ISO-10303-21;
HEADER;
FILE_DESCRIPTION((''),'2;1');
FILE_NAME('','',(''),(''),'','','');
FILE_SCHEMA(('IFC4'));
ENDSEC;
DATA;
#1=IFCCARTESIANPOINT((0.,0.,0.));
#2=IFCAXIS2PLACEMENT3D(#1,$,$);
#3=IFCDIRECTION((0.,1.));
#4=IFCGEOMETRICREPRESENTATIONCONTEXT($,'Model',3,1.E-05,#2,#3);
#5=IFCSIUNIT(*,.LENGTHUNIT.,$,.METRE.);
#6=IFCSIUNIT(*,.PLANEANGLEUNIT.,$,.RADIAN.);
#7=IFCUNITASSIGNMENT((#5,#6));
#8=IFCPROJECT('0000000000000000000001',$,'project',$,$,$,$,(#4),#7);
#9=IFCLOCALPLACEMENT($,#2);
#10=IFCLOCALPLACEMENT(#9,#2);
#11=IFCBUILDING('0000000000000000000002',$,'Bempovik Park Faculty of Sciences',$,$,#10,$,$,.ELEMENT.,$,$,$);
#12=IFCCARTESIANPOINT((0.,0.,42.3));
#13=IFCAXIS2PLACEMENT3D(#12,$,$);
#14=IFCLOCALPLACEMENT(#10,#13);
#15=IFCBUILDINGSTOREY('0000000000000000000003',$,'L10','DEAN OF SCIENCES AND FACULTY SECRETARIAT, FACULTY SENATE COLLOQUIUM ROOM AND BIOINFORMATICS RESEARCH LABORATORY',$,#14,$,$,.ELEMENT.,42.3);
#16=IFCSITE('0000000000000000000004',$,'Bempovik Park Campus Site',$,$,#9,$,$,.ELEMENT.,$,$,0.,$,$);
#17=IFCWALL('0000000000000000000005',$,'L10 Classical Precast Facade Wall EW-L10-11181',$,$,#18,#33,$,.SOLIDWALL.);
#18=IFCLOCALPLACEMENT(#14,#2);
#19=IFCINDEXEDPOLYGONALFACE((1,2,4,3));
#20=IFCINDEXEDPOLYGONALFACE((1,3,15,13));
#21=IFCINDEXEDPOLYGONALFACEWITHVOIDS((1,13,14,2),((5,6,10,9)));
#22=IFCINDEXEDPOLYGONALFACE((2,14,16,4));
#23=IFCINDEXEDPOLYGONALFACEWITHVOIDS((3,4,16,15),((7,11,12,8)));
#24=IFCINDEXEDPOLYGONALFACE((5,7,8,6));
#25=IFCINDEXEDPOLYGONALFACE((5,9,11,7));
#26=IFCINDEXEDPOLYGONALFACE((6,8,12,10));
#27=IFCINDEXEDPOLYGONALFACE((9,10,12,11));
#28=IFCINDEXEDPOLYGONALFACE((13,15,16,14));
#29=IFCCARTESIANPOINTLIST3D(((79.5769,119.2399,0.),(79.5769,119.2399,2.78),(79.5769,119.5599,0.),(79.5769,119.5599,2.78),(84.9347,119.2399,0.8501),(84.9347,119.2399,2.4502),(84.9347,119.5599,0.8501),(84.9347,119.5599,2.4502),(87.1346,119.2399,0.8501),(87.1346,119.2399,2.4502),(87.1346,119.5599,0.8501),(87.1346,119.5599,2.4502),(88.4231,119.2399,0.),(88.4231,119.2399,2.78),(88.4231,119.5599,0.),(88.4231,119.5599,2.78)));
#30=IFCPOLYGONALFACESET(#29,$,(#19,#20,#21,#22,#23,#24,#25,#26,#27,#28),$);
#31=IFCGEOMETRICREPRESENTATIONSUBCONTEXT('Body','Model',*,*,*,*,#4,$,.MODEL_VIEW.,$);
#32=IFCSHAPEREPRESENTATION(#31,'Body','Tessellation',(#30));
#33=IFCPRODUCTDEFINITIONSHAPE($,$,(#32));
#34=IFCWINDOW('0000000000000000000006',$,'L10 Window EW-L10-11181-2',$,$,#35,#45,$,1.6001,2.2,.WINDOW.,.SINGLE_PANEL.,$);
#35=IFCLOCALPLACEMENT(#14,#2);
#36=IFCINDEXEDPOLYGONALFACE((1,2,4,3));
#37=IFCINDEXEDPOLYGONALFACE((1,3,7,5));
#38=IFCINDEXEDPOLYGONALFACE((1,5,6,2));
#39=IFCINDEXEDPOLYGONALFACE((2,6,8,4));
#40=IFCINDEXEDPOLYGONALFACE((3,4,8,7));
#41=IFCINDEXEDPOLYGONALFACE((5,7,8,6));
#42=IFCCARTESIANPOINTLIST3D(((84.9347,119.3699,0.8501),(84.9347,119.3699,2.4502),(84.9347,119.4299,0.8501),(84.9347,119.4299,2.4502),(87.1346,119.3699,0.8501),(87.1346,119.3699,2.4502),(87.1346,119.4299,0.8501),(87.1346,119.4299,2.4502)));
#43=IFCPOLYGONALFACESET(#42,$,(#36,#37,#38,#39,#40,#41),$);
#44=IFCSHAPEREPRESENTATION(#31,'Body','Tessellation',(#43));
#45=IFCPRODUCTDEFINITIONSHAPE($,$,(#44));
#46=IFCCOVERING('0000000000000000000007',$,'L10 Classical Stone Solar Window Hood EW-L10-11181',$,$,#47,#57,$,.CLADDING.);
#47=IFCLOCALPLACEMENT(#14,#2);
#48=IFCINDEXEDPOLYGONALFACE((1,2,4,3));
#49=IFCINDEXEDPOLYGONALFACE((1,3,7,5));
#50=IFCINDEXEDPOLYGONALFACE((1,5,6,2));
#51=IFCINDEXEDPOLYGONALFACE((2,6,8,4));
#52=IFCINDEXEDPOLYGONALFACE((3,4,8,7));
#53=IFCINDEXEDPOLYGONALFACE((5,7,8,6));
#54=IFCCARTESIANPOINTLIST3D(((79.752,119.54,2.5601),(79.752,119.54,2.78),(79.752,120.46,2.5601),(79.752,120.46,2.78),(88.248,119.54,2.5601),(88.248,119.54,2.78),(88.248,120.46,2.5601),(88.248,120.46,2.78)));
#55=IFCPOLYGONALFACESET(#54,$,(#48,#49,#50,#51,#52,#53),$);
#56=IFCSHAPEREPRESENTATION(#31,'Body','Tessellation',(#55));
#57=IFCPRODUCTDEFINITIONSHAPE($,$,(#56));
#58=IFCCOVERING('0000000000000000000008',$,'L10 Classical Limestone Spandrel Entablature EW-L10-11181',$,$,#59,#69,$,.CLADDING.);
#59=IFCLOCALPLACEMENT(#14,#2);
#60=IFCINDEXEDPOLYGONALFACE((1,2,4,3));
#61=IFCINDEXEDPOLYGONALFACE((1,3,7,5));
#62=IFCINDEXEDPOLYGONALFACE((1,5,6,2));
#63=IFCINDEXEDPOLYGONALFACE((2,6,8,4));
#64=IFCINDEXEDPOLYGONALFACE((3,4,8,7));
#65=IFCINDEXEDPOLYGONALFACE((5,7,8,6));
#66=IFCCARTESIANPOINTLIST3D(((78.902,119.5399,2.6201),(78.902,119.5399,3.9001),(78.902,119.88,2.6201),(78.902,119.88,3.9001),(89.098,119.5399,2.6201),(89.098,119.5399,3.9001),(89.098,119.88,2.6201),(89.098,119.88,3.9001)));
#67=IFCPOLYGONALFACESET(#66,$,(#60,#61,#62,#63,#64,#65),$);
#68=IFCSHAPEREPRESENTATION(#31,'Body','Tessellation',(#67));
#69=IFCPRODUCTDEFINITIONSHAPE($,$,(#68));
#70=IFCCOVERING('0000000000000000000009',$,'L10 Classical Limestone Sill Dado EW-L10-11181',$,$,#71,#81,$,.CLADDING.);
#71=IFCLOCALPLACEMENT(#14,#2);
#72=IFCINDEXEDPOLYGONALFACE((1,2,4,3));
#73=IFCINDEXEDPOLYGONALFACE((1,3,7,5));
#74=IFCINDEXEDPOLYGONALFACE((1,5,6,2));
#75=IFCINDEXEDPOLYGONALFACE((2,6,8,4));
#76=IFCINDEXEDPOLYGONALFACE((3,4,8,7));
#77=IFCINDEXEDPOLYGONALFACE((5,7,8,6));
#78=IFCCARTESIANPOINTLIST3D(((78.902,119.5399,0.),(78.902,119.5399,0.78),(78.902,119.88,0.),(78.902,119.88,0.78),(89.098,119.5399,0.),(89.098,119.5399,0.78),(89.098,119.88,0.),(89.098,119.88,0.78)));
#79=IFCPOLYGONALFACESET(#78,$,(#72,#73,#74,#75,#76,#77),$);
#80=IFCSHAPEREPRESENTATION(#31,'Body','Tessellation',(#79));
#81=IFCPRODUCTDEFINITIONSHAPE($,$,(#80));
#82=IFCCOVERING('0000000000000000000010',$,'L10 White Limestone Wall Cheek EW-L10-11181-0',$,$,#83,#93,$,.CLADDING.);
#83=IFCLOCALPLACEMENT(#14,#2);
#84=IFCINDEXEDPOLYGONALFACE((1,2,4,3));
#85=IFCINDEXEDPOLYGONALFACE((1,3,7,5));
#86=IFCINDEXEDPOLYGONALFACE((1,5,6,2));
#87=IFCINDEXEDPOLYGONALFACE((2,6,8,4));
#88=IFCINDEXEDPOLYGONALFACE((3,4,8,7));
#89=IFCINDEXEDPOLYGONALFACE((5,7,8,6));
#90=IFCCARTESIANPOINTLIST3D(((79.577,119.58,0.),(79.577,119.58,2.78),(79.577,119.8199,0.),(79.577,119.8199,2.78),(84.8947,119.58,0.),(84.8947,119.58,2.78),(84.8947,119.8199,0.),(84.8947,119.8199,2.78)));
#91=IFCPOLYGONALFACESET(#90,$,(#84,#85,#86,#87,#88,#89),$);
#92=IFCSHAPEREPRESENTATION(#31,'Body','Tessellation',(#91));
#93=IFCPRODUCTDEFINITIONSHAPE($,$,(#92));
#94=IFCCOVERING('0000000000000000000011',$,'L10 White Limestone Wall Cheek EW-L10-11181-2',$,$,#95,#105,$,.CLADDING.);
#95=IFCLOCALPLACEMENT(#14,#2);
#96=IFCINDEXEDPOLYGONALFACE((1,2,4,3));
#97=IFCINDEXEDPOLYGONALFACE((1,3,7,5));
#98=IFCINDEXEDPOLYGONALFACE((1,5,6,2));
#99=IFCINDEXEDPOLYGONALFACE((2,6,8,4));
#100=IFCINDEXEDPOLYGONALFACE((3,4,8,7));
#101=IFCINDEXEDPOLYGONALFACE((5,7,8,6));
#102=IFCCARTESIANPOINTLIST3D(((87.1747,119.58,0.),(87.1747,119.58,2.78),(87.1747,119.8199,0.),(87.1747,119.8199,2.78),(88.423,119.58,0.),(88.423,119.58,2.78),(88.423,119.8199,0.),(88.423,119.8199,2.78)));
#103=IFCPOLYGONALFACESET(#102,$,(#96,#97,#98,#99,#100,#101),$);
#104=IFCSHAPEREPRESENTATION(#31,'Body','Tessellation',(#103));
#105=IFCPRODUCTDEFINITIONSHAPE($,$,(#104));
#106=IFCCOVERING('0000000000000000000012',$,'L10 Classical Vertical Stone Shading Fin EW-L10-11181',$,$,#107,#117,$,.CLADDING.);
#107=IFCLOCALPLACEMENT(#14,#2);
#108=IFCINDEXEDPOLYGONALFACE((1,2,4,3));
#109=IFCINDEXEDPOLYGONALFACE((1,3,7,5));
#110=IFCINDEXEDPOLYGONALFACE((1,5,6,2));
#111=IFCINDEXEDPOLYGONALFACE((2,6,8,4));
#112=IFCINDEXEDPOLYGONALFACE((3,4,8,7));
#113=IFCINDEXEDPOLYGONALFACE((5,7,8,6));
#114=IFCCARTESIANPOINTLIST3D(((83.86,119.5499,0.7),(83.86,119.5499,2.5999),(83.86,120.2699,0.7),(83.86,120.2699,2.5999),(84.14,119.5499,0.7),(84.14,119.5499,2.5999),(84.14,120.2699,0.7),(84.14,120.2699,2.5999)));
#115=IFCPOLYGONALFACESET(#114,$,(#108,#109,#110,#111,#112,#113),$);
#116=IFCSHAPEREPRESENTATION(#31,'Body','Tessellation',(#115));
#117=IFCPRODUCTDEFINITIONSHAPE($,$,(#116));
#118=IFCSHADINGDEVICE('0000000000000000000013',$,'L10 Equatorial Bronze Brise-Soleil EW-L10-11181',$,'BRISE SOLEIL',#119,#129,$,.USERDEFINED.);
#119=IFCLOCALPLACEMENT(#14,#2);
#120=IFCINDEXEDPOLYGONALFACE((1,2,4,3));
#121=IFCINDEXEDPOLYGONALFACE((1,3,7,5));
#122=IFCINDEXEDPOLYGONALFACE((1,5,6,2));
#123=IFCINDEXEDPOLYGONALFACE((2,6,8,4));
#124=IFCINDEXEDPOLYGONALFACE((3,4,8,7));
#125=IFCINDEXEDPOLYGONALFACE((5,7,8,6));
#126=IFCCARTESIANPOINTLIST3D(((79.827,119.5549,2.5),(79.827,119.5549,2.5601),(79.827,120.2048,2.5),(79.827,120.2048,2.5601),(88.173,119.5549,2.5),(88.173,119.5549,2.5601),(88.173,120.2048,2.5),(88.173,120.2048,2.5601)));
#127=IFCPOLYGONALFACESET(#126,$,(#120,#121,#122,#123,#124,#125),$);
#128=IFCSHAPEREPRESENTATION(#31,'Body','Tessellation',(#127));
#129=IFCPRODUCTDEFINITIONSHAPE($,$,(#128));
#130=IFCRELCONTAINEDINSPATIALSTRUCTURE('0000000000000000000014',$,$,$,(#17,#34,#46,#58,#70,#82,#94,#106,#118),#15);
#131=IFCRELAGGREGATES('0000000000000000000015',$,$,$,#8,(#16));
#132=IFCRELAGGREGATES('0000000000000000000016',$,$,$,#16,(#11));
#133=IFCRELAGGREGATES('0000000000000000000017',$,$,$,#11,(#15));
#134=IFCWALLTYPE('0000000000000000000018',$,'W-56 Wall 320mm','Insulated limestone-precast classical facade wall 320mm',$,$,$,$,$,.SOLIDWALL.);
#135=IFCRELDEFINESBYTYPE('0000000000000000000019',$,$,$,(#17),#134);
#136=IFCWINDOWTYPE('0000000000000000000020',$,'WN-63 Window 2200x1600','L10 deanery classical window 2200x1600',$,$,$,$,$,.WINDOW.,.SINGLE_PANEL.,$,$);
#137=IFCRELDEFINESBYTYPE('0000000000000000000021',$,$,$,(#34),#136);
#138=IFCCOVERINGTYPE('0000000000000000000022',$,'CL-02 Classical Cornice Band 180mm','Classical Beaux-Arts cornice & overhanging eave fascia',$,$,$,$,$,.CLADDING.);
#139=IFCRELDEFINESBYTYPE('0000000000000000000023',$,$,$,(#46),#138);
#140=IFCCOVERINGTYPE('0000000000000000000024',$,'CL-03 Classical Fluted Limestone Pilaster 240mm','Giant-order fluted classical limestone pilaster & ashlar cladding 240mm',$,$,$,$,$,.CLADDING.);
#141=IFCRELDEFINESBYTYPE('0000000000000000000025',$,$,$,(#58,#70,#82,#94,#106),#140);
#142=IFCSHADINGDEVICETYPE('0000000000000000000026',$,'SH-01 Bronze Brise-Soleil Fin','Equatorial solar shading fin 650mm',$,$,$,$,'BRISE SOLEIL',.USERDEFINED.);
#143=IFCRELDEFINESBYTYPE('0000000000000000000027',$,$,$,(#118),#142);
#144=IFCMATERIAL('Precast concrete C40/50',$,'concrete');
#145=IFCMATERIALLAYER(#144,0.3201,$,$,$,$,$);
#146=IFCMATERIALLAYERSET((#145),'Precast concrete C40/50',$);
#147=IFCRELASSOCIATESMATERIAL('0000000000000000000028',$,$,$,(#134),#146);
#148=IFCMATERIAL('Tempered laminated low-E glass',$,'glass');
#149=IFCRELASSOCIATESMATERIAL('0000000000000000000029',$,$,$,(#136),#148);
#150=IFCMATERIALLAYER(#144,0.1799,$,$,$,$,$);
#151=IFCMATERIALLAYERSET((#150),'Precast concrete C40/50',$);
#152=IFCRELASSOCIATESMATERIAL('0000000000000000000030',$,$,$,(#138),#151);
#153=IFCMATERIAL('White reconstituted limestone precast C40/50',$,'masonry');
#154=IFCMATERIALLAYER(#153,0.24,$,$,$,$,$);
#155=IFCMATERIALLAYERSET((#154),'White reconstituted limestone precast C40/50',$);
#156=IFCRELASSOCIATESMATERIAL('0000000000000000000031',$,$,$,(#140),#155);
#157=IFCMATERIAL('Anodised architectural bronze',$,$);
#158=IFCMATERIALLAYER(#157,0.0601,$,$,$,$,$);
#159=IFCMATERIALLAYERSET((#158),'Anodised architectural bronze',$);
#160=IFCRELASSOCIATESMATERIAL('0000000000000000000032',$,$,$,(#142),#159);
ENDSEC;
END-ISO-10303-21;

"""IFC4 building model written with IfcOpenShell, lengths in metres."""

from ifc_helpers import new_model, si_unit, direction, frame, frame_2d, origin, origin_2d, place, context, subcontext, project, spatial, rectangle, extrude, material, layer, layer_set, type_object, element, fill, save


model = new_model("IFC4")

# Units and contexts
model_context = context("Model", 3, precision=1e-05, world=origin(), true_north=direction((0.0, 1.0)))
body_context = subcontext(model_context, "Body", "Model", "MODEL_VIEW")
ifc_project = project(units=[si_unit("LENGTHUNIT", "METRE"), si_unit("PLANEANGLEUNIT", "RADIAN")], contexts=[model_context])

# Site, building, storey
site_placement = place(None, origin())
site = spatial("IfcSite", under=ifc_project, at=site_placement, Name="Bempovik Park Campus Site", CompositionType="ELEMENT", RefElevation=0.0)
building_placement = place(site_placement, origin())
building = spatial("IfcBuilding", under=site, at=building_placement, Name="Bempovik Park Faculty of Sciences", CompositionType="ELEMENT")
storey_placement = place(building_placement, frame((0.0, 0.0, 42.3)))
storey = spatial("IfcBuildingStorey", under=building, at=storey_placement, Name="L10", Description="DEAN OF SCIENCES AND FACULTY SECRETARIAT, FACULTY SENATE COLLOQUIUM ROOM AND BIOINFORMATICS RESEARCH LABORATORY", CompositionType="ELEMENT", Elevation=42.3)

# Wall, opening, window
ifc_material_1 = material(Name="Precast concrete C40/50", Category="concrete")
ifc_layer_1 = layer(ifc_material_1, 0.3201)
ifc_layer_set_1 = layer_set([ifc_layer_1], Name="Precast concrete C40/50")
wall_type_1 = type_object("IfcWallType", Name="W-56 Wall 320mm", Description="Insulated limestone-precast classical facade wall 320mm", PredefinedType="SOLIDWALL", material=ifc_layer_set_1)
wall_1_placement = place(storey_placement, frame((79.5769, 119.3999, 0.0), z_axis=(0.0, 0.0, 1.0), x_axis=(1.0, 0.0, 0.0)))
wall_1 = element("IfcWall", 1, at=wall_1_placement, inside=storey, type_object=wall_type_1, Name="L10 Classical Precast Facade Wall EW-L10-11181", PredefinedType="SOLIDWALL", context=body_context, shape_type="SweptSolid", body=[
    extrude(rectangle(XDim=8.8462, YDim=0.3201, at=frame_2d((4.4231, 0.0))), origin(), (0.0, 0.0, 1.0), 2.78),
])
opening_1_placement = place(wall_1_placement, frame((5.3577, 0.0, 0.8501)))
opening_1 = element("IfcOpeningElement", 2, at=opening_1_placement, cuts=wall_1, PredefinedType="OPENING", context=body_context, shape_type="SweptSolid", body=[
    extrude(rectangle(XDim=2.2, YDim=1.6001, at=frame_2d((1.1001, 0.8))), frame((0.0, 0.1699, 0.0), z_axis=(0.0, -1.0, 0.0), x_axis=(1.0, 0.0, 0.0)), (0.0, 0.0, 1.0), 0.3401),
])
ifc_material_2 = material(Name="Tempered laminated low-E glass", Category="glass")
window_type = type_object("IfcWindowType", Name="WN-63 Window 2200x1600", Description="L10 deanery classical window 2200x1600", PartitioningType="SINGLE_PANEL", PredefinedType="WINDOW", material=ifc_material_2)
window_placement = place(opening_1_placement, origin())
window = element("IfcWindow", 3, at=window_placement, inside=storey, type_object=window_type, Name="L10 Window EW-L10-11181-2", OverallHeight=1.6001, OverallWidth=2.2, PartitioningType="SINGLE_PANEL", PredefinedType="WINDOW", context=body_context, shape_type="SweptSolid", body=[
    extrude(rectangle(XDim=2.2, YDim=1.6001, at=frame_2d((1.1001, 0.8))), frame((0.0, 0.03, 0.0), z_axis=(0.0, -1.0, 0.0), x_axis=(1.0, 0.0, 0.0)), (0.0, 0.0, 1.0), 0.0601),
])
fill(opening_1, window)

# Coverings
ifc_layer_2 = layer(ifc_material_1, 0.1799)
ifc_layer_set_2 = layer_set([ifc_layer_2], Name="Precast concrete C40/50")
covering_type_1 = type_object("IfcCoveringType", Name="CL-02 Classical Cornice Band 180mm", Description="Classical Beaux-Arts cornice & overhanging eave fascia", PredefinedType="CLADDING", material=ifc_layer_set_2)
covering_1_placement = place(storey_placement, frame((84.0, 120.0, 2.5601), z_axis=(0.0, 0.0, 1.0), x_axis=(1.0, 0.0, 0.0)))
element("IfcCovering", 4, at=covering_1_placement, inside=storey, type_object=covering_type_1, Name="L10 Classical Stone Solar Window Hood EW-L10-11181", PredefinedType="CLADDING", context=body_context, shape_type="SweptSolid", body=[
    extrude(rectangle(XDim=8.4961, YDim=0.9199, at=origin_2d()), origin(), (0.0, 0.0, 1.0), 0.22),
])
ifc_material_3 = material(Name="White reconstituted limestone precast C40/50", Category="masonry")
ifc_layer_3 = layer(ifc_material_3, 0.24)
ifc_layer_set_3 = layer_set([ifc_layer_3], Name="White reconstituted limestone precast C40/50")
covering_type_2 = type_object("IfcCoveringType", Name="CL-03 Classical Fluted Limestone Pilaster 240mm", Description="Giant-order fluted classical limestone pilaster & ashlar cladding 240mm", PredefinedType="CLADDING", material=ifc_layer_set_3)
covering_2_placement = place(storey_placement, frame((84.0, 119.71, 2.6201), z_axis=(0.0, 0.0, 1.0), x_axis=(1.0, 0.0, 0.0)))
element("IfcCovering", 5, at=covering_2_placement, inside=storey, type_object=covering_type_2, Name="L10 Classical Limestone Spandrel Entablature EW-L10-11181", PredefinedType="CLADDING", context=body_context, shape_type="SweptSolid", body=[
    extrude(rectangle(XDim=10.196, YDim=0.3401, at=origin_2d()), origin(), (0.0, 0.0, 1.0), 1.28),
])
covering_3_placement = place(storey_placement, frame((84.0, 119.71, 0.0), z_axis=(0.0, 0.0, 1.0), x_axis=(1.0, 0.0, 0.0)))
element("IfcCovering", 6, at=covering_3_placement, inside=storey, type_object=covering_type_2, Name="L10 Classical Limestone Sill Dado EW-L10-11181", PredefinedType="CLADDING", context=body_context, shape_type="SweptSolid", body=[
    extrude(rectangle(XDim=10.196, YDim=0.3401, at=origin_2d()), origin(), (0.0, 0.0, 1.0), 0.78),
])
covering_4_placement = place(storey_placement, frame((82.2358, 119.7, 0.0), z_axis=(0.0, 0.0, 1.0), x_axis=(1.0, 0.0, 0.0)))
element("IfcCovering", 7, at=covering_4_placement, inside=storey, type_object=covering_type_2, Name="L10 White Limestone Wall Cheek EW-L10-11181-0", PredefinedType="CLADDING", context=body_context, shape_type="SweptSolid", body=[
    extrude(rectangle(XDim=5.3176, YDim=0.24, at=origin_2d()), origin(), (0.0, 0.0, 1.0), 2.78),
])
covering_5_placement = place(storey_placement, frame((87.7988, 119.7, 0.0), z_axis=(0.0, 0.0, 1.0), x_axis=(1.0, 0.0, 0.0)))
element("IfcCovering", 8, at=covering_5_placement, inside=storey, type_object=covering_type_2, Name="L10 White Limestone Wall Cheek EW-L10-11181-2", PredefinedType="CLADDING", context=body_context, shape_type="SweptSolid", body=[
    extrude(rectangle(XDim=1.2483, YDim=0.24, at=origin_2d()), origin(), (0.0, 0.0, 1.0), 2.78),
])
covering_6_placement = place(storey_placement, frame((84.0, 119.9099, 0.7), z_axis=(0.0, 0.0, 1.0), x_axis=(1.0, 0.0, 0.0)))
element("IfcCovering", 9, at=covering_6_placement, inside=storey, type_object=covering_type_2, Name="L10 Classical Vertical Stone Shading Fin EW-L10-11181", PredefinedType="CLADDING", context=body_context, shape_type="SweptSolid", body=[
    extrude(rectangle(XDim=0.28, YDim=0.72, at=origin_2d()), origin(), (0.0, 0.0, 1.0), 1.8999),
])

# Shading device
ifc_material_4 = material(Name="Anodised architectural bronze")
ifc_layer_4 = layer(ifc_material_4, 0.0601)
ifc_layer_set_4 = layer_set([ifc_layer_4], Name="Anodised architectural bronze")
shading_device_type = type_object("IfcShadingDeviceType", Name="SH-01 Bronze Brise-Soleil Fin", Description="Equatorial solar shading fin 650mm", ElementType="BRISE SOLEIL", PredefinedType="USERDEFINED", material=ifc_layer_set_4)
shading_device_placement = place(storey_placement, frame((84.0, 119.8799, 2.5), z_axis=(0.0, 0.0, 1.0), x_axis=(1.0, 0.0, 0.0)))
element("IfcShadingDevice", 10, at=shading_device_placement, inside=storey, type_object=shading_device_type, Name="L10 Equatorial Bronze Brise-Soleil EW-L10-11181", ObjectType="BRISE SOLEIL", PredefinedType="USERDEFINED", context=body_context, shape_type="SweptSolid", body=[
    extrude(rectangle(XDim=8.3459, YDim=0.6499, at=origin_2d()), origin(), (0.0, 0.0, 1.0), 0.0601),
])

save(model, "model.ifc")
